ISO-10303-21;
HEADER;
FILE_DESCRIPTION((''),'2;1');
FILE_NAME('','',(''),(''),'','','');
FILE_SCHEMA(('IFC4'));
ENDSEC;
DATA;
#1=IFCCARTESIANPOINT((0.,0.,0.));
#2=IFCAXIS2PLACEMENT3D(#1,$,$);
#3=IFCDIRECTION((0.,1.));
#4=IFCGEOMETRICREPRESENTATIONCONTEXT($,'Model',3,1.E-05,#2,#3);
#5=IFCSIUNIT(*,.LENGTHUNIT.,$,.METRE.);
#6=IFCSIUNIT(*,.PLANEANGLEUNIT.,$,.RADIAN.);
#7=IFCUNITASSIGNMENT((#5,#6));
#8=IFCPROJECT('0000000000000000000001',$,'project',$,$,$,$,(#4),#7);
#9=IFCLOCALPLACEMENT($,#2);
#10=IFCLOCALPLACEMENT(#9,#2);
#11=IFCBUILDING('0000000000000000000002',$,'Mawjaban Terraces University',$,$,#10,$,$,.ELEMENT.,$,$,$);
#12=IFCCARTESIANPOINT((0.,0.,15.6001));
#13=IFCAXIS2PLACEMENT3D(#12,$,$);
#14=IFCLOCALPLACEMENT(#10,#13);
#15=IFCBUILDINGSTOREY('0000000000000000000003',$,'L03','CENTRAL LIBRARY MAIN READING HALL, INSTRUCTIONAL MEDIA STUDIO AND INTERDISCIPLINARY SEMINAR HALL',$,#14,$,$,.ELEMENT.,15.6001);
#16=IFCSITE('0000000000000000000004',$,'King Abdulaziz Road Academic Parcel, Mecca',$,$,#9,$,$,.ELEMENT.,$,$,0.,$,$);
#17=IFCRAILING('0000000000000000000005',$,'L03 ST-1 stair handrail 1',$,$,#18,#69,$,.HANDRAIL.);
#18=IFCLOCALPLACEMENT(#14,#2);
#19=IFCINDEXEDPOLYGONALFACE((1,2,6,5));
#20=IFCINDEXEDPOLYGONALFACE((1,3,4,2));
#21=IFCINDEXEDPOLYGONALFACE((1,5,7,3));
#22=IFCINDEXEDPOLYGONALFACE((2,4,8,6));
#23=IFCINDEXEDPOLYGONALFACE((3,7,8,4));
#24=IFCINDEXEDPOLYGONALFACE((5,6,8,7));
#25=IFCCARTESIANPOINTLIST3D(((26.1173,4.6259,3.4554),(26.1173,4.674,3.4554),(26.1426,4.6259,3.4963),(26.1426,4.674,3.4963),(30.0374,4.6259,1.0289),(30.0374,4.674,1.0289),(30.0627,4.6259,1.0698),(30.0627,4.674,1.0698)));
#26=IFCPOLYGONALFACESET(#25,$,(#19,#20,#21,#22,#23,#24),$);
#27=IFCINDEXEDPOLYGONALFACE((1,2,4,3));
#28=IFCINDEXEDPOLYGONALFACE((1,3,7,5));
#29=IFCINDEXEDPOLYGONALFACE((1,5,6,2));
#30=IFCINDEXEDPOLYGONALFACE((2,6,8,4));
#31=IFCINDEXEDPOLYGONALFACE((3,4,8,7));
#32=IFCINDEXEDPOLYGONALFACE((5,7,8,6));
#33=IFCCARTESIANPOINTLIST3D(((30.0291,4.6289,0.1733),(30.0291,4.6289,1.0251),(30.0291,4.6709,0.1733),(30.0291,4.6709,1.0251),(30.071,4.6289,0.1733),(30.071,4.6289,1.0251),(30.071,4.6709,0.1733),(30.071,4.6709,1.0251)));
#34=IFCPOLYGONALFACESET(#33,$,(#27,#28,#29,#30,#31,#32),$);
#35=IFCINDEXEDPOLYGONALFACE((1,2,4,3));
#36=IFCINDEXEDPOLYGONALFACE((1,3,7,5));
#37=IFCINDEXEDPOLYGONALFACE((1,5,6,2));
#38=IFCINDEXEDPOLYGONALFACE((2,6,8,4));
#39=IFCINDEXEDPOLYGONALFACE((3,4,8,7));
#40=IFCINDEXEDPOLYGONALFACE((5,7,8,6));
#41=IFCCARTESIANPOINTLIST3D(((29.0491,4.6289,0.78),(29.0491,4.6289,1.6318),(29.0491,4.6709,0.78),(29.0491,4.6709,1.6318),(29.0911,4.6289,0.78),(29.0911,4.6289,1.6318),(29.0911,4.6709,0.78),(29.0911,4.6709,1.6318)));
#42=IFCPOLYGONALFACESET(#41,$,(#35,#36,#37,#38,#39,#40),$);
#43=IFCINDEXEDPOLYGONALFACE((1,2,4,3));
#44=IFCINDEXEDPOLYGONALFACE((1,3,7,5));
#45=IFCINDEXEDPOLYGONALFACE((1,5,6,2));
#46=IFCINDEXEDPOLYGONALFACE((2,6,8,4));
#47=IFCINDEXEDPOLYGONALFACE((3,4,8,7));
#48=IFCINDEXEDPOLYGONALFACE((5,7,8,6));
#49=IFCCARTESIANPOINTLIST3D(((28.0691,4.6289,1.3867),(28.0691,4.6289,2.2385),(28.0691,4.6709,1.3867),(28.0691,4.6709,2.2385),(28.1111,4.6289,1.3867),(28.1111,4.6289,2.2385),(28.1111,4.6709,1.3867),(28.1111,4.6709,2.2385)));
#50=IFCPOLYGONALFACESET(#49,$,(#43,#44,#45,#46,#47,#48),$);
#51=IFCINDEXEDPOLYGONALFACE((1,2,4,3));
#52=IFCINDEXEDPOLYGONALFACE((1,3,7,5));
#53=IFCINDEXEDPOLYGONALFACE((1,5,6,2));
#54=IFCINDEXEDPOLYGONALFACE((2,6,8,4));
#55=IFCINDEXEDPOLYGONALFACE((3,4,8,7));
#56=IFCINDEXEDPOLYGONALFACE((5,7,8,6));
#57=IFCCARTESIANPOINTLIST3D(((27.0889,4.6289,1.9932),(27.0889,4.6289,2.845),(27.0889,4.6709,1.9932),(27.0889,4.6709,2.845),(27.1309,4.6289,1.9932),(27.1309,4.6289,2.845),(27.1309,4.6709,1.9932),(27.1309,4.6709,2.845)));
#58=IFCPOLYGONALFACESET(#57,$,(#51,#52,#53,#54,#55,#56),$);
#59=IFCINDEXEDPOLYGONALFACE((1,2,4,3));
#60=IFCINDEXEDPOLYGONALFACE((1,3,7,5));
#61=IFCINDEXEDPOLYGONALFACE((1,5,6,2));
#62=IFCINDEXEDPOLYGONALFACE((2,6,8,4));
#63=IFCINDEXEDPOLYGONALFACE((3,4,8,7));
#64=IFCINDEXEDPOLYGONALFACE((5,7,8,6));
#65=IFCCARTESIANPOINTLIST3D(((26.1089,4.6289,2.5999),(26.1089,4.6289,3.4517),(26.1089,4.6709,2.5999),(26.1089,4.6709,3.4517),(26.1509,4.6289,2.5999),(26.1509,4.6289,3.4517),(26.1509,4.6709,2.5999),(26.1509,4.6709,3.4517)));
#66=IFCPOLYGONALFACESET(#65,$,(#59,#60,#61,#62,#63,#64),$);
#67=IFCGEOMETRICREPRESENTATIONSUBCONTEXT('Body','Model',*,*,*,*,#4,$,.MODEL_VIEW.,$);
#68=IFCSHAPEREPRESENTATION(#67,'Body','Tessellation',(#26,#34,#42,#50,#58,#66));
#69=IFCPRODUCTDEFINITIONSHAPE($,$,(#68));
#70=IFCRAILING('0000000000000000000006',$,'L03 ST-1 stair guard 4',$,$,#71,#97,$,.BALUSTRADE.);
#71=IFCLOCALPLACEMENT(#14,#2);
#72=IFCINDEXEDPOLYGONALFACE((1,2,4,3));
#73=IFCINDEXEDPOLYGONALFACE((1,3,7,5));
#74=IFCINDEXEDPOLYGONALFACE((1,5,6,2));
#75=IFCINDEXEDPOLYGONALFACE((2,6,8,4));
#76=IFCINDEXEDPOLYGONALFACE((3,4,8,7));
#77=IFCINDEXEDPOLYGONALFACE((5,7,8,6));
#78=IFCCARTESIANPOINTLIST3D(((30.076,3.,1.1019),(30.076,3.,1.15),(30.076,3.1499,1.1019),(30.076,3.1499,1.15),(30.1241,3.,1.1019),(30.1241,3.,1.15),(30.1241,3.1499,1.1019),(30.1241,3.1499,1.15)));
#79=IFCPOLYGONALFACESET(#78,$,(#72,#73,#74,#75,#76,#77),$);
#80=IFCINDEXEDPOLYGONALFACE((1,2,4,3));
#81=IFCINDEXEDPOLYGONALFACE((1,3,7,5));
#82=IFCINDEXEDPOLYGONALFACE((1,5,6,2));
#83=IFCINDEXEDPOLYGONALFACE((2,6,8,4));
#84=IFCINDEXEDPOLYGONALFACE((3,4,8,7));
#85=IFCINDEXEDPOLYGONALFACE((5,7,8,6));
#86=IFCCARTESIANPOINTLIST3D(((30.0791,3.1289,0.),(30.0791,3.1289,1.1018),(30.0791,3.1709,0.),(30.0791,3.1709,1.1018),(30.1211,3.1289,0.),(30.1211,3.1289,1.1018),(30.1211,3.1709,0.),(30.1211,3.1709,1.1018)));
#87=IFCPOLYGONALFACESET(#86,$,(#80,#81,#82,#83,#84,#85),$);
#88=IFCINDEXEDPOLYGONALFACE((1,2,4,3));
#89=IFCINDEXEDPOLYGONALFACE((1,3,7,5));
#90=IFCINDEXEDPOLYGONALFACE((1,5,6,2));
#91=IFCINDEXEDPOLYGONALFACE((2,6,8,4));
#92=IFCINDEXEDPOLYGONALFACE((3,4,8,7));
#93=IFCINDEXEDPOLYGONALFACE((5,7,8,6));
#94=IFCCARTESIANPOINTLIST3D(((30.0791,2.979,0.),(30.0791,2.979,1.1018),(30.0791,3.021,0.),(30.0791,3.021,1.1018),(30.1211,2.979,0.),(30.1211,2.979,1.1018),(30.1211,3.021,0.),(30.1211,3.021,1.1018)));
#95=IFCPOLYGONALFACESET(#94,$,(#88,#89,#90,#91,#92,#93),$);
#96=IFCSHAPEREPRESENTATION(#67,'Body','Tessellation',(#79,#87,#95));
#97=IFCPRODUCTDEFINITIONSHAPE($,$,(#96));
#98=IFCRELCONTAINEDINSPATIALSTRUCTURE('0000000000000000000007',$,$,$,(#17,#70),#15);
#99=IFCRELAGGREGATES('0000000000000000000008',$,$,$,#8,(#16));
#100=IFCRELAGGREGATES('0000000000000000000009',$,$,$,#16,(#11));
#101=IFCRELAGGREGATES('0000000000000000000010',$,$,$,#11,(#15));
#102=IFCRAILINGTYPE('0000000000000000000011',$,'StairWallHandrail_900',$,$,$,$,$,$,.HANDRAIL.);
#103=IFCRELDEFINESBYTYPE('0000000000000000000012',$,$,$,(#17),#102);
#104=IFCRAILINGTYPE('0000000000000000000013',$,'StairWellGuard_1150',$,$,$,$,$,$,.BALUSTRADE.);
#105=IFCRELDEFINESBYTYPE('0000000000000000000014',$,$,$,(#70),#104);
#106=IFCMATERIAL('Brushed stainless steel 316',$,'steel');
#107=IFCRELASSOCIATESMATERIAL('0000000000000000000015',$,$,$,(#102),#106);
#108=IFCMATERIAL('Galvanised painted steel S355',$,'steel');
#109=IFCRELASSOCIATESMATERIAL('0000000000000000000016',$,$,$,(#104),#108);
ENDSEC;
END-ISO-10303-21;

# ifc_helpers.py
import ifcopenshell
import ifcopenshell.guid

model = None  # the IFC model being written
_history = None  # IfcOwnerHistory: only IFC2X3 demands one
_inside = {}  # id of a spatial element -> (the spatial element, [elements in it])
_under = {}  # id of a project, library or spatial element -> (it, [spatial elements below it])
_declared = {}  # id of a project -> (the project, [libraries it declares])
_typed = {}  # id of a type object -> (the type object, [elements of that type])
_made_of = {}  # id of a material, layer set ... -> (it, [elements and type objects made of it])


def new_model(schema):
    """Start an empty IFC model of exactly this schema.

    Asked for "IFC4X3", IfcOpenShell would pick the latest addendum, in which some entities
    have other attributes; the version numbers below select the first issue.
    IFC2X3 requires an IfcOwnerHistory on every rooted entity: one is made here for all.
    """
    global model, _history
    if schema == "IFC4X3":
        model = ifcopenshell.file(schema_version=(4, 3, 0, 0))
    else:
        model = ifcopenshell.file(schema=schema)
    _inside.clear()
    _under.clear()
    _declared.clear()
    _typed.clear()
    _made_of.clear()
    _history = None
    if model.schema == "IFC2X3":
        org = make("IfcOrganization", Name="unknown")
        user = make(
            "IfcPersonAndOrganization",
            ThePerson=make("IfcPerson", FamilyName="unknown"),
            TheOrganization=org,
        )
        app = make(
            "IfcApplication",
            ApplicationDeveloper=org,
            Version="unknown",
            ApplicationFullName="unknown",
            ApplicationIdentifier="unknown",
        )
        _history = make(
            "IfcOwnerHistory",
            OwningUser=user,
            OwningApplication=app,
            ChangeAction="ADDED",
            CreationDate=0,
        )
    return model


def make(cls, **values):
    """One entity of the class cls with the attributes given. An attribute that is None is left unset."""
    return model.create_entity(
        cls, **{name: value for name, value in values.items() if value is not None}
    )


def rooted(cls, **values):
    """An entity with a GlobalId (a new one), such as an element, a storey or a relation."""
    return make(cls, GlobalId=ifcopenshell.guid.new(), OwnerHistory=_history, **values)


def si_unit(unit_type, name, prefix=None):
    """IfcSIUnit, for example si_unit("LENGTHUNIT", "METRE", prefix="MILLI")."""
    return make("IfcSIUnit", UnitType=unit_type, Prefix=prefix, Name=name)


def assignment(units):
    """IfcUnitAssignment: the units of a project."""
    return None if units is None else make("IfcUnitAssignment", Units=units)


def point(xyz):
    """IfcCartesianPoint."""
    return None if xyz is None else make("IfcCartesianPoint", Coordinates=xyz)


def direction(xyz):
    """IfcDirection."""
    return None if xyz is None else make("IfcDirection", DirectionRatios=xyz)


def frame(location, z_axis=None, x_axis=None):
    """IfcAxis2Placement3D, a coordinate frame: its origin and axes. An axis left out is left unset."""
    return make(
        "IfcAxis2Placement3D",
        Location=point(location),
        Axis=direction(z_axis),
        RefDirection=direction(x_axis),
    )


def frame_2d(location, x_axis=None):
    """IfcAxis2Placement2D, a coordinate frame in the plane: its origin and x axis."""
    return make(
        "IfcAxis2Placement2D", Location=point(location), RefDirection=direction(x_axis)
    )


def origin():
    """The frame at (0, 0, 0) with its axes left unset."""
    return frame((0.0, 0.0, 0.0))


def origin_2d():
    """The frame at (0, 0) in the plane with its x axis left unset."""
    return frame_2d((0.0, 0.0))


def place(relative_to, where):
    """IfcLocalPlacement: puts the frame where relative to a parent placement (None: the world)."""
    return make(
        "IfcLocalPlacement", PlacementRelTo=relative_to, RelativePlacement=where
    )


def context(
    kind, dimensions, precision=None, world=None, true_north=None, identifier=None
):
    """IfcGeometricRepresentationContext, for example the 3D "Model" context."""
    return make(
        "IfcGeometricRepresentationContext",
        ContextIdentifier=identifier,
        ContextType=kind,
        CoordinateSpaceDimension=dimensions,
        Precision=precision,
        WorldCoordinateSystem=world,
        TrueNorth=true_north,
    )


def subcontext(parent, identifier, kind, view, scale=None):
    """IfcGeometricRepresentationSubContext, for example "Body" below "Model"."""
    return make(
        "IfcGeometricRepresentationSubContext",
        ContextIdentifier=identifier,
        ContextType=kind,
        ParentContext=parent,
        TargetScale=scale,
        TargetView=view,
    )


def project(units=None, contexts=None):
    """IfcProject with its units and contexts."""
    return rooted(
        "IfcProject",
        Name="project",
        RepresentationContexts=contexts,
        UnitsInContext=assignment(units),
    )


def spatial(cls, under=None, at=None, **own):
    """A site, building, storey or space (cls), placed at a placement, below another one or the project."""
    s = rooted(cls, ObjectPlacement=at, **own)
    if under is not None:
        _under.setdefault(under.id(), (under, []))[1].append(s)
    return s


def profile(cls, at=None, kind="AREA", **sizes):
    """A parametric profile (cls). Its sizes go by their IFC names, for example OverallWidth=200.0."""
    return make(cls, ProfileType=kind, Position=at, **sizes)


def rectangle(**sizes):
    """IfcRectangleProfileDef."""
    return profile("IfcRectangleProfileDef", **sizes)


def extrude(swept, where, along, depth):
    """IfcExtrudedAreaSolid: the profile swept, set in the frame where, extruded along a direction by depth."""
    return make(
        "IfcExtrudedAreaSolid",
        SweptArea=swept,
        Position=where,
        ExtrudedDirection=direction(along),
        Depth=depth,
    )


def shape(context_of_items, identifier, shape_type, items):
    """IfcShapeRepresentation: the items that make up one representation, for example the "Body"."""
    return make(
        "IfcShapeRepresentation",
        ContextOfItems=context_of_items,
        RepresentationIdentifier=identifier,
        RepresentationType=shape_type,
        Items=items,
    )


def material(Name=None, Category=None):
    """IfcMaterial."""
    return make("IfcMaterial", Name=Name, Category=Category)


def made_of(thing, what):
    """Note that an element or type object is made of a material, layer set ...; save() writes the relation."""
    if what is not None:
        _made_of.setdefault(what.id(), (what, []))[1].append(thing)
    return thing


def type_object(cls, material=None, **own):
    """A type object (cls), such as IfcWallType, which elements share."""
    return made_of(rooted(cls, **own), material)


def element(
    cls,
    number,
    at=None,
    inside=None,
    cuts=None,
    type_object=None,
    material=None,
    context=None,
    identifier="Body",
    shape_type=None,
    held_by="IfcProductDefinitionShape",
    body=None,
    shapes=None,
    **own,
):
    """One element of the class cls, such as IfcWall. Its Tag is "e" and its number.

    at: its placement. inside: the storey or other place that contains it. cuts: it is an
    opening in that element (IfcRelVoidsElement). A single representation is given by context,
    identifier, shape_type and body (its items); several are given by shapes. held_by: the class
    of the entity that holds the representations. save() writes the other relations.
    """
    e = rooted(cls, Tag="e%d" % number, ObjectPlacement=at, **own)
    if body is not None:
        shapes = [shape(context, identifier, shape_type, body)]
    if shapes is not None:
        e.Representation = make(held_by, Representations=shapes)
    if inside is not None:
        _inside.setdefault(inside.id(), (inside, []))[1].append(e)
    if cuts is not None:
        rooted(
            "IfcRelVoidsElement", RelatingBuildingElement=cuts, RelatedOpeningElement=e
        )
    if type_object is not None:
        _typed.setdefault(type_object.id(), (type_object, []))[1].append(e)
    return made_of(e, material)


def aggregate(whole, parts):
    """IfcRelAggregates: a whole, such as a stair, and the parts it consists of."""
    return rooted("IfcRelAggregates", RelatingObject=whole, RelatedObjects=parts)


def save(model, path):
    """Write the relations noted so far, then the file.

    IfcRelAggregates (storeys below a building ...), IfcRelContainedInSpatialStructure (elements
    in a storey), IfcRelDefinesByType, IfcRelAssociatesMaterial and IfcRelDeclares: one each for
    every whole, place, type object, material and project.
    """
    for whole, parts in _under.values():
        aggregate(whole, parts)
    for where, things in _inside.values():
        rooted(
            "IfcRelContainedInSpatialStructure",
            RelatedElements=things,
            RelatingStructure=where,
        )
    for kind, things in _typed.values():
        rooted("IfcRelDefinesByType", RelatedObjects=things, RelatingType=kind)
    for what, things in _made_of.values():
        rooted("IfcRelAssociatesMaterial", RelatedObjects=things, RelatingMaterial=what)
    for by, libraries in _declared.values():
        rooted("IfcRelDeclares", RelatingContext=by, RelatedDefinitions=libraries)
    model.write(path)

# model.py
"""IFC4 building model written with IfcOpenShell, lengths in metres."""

from ifc_helpers import new_model, si_unit, direction, frame, origin, origin_2d, place, context, subcontext, project, spatial, rectangle, extrude, material, type_object, element, save


model = new_model("IFC4")

# Units and contexts
model_context = context("Model", 3, precision=1e-05, world=origin(), true_north=direction((0.0, 1.0)))
body_context = subcontext(model_context, "Body", "Model", "MODEL_VIEW")
ifc_project = project(units=[si_unit("LENGTHUNIT", "METRE"), si_unit("PLANEANGLEUNIT", "RADIAN")], contexts=[model_context])

# Site, building, storey
site_placement = place(None, origin())
site = spatial("IfcSite", under=ifc_project, at=site_placement, Name="King Abdulaziz Road Academic Parcel, Mecca", CompositionType="ELEMENT", RefElevation=0.0)
building_placement = place(site_placement, origin())
building = spatial("IfcBuilding", under=site, at=building_placement, Name="Mawjaban Terraces University", CompositionType="ELEMENT")
storey_placement = place(building_placement, frame((0.0, 0.0, 15.6001)))
storey = spatial("IfcBuildingStorey", under=building, at=storey_placement, Name="L03", Description="CENTRAL LIBRARY MAIN READING HALL, INSTRUCTIONAL MEDIA STUDIO AND INTERDISCIPLINARY SEMINAR HALL", CompositionType="ELEMENT", Elevation=15.6001)

# Railings
ifc_material_1 = material(Name="Brushed stainless steel 316", Category="steel")
railing_type_1 = type_object("IfcRailingType", Name="StairWallHandrail_900", PredefinedType="HANDRAIL", material=ifc_material_1)
railing_1_placement = place(storey_placement, frame((30.05, 4.6499, 0.1733)))
element("IfcRailing", 1, at=railing_1_placement, inside=storey, type_object=railing_type_1, Name="L03 ST-1 stair handrail 1", PredefinedType="HANDRAIL", context=body_context, shape_type="SweptSolid", body=[
    extrude(rectangle(XDim=0.0481, YDim=0.0481, at=origin_2d()), frame((0.0, 0.0, 0.876), z_axis=(-0.85029, 0.0, 0.526315), x_axis=(0.0, -1.0, 0.0)), (0.0, 0.0, 1.0), 4.6104),
    extrude(rectangle(XDim=0.042, YDim=0.042, at=origin_2d()), origin(), (0.0, 0.0, 1.0), 0.8518),
    extrude(rectangle(XDim=0.042, YDim=0.042, at=origin_2d()), frame((-0.98, 0.0, 0.6067)), (0.0, 0.0, 1.0), 0.8518),
    extrude(rectangle(XDim=0.042, YDim=0.042, at=origin_2d()), frame((-1.96, 0.0, 1.2134)), (0.0, 0.0, 1.0), 0.8518),
    extrude(rectangle(XDim=0.042, YDim=0.042, at=origin_2d()), frame((-2.9402, 0.0, 1.8198)), (0.0, 0.0, 1.0), 0.8518),
    extrude(rectangle(XDim=0.042, YDim=0.042, at=origin_2d()), frame((-3.9202, 0.0, 2.4265)), (0.0, 0.0, 1.0), 0.8518),
])
ifc_material_2 = material(Name="Galvanised painted steel S355", Category="steel")
railing_type_2 = type_object("IfcRailingType", Name="StairWellGuard_1150", PredefinedType="BALUSTRADE", material=ifc_material_2)
railing_2_placement = place(storey_placement, frame((30.1001, 3.1499, 0.0)))
element("IfcRailing", 2, at=railing_2_placement, inside=storey, type_object=railing_type_2, Name="L03 ST-1 stair guard 4", PredefinedType="BALUSTRADE", context=body_context, shape_type="SweptSolid", body=[
    extrude(rectangle(XDim=0.0481, YDim=0.0481, at=origin_2d()), frame((0.0, 0.0, 1.126), z_axis=(0.0, -1.0, 0.0), x_axis=(1.0, 0.0, 0.0)), (0.0, 0.0, 1.0), 0.1499),
    extrude(rectangle(XDim=0.042, YDim=0.042, at=origin_2d()), origin(), (0.0, 0.0, 1.0), 1.1018),
    extrude(rectangle(XDim=0.042, YDim=0.042, at=origin_2d()), frame((0.0, -0.1499, 0.0)), (0.0, 0.0, 1.0), 1.1018),
])

save(model, "model.ifc")
